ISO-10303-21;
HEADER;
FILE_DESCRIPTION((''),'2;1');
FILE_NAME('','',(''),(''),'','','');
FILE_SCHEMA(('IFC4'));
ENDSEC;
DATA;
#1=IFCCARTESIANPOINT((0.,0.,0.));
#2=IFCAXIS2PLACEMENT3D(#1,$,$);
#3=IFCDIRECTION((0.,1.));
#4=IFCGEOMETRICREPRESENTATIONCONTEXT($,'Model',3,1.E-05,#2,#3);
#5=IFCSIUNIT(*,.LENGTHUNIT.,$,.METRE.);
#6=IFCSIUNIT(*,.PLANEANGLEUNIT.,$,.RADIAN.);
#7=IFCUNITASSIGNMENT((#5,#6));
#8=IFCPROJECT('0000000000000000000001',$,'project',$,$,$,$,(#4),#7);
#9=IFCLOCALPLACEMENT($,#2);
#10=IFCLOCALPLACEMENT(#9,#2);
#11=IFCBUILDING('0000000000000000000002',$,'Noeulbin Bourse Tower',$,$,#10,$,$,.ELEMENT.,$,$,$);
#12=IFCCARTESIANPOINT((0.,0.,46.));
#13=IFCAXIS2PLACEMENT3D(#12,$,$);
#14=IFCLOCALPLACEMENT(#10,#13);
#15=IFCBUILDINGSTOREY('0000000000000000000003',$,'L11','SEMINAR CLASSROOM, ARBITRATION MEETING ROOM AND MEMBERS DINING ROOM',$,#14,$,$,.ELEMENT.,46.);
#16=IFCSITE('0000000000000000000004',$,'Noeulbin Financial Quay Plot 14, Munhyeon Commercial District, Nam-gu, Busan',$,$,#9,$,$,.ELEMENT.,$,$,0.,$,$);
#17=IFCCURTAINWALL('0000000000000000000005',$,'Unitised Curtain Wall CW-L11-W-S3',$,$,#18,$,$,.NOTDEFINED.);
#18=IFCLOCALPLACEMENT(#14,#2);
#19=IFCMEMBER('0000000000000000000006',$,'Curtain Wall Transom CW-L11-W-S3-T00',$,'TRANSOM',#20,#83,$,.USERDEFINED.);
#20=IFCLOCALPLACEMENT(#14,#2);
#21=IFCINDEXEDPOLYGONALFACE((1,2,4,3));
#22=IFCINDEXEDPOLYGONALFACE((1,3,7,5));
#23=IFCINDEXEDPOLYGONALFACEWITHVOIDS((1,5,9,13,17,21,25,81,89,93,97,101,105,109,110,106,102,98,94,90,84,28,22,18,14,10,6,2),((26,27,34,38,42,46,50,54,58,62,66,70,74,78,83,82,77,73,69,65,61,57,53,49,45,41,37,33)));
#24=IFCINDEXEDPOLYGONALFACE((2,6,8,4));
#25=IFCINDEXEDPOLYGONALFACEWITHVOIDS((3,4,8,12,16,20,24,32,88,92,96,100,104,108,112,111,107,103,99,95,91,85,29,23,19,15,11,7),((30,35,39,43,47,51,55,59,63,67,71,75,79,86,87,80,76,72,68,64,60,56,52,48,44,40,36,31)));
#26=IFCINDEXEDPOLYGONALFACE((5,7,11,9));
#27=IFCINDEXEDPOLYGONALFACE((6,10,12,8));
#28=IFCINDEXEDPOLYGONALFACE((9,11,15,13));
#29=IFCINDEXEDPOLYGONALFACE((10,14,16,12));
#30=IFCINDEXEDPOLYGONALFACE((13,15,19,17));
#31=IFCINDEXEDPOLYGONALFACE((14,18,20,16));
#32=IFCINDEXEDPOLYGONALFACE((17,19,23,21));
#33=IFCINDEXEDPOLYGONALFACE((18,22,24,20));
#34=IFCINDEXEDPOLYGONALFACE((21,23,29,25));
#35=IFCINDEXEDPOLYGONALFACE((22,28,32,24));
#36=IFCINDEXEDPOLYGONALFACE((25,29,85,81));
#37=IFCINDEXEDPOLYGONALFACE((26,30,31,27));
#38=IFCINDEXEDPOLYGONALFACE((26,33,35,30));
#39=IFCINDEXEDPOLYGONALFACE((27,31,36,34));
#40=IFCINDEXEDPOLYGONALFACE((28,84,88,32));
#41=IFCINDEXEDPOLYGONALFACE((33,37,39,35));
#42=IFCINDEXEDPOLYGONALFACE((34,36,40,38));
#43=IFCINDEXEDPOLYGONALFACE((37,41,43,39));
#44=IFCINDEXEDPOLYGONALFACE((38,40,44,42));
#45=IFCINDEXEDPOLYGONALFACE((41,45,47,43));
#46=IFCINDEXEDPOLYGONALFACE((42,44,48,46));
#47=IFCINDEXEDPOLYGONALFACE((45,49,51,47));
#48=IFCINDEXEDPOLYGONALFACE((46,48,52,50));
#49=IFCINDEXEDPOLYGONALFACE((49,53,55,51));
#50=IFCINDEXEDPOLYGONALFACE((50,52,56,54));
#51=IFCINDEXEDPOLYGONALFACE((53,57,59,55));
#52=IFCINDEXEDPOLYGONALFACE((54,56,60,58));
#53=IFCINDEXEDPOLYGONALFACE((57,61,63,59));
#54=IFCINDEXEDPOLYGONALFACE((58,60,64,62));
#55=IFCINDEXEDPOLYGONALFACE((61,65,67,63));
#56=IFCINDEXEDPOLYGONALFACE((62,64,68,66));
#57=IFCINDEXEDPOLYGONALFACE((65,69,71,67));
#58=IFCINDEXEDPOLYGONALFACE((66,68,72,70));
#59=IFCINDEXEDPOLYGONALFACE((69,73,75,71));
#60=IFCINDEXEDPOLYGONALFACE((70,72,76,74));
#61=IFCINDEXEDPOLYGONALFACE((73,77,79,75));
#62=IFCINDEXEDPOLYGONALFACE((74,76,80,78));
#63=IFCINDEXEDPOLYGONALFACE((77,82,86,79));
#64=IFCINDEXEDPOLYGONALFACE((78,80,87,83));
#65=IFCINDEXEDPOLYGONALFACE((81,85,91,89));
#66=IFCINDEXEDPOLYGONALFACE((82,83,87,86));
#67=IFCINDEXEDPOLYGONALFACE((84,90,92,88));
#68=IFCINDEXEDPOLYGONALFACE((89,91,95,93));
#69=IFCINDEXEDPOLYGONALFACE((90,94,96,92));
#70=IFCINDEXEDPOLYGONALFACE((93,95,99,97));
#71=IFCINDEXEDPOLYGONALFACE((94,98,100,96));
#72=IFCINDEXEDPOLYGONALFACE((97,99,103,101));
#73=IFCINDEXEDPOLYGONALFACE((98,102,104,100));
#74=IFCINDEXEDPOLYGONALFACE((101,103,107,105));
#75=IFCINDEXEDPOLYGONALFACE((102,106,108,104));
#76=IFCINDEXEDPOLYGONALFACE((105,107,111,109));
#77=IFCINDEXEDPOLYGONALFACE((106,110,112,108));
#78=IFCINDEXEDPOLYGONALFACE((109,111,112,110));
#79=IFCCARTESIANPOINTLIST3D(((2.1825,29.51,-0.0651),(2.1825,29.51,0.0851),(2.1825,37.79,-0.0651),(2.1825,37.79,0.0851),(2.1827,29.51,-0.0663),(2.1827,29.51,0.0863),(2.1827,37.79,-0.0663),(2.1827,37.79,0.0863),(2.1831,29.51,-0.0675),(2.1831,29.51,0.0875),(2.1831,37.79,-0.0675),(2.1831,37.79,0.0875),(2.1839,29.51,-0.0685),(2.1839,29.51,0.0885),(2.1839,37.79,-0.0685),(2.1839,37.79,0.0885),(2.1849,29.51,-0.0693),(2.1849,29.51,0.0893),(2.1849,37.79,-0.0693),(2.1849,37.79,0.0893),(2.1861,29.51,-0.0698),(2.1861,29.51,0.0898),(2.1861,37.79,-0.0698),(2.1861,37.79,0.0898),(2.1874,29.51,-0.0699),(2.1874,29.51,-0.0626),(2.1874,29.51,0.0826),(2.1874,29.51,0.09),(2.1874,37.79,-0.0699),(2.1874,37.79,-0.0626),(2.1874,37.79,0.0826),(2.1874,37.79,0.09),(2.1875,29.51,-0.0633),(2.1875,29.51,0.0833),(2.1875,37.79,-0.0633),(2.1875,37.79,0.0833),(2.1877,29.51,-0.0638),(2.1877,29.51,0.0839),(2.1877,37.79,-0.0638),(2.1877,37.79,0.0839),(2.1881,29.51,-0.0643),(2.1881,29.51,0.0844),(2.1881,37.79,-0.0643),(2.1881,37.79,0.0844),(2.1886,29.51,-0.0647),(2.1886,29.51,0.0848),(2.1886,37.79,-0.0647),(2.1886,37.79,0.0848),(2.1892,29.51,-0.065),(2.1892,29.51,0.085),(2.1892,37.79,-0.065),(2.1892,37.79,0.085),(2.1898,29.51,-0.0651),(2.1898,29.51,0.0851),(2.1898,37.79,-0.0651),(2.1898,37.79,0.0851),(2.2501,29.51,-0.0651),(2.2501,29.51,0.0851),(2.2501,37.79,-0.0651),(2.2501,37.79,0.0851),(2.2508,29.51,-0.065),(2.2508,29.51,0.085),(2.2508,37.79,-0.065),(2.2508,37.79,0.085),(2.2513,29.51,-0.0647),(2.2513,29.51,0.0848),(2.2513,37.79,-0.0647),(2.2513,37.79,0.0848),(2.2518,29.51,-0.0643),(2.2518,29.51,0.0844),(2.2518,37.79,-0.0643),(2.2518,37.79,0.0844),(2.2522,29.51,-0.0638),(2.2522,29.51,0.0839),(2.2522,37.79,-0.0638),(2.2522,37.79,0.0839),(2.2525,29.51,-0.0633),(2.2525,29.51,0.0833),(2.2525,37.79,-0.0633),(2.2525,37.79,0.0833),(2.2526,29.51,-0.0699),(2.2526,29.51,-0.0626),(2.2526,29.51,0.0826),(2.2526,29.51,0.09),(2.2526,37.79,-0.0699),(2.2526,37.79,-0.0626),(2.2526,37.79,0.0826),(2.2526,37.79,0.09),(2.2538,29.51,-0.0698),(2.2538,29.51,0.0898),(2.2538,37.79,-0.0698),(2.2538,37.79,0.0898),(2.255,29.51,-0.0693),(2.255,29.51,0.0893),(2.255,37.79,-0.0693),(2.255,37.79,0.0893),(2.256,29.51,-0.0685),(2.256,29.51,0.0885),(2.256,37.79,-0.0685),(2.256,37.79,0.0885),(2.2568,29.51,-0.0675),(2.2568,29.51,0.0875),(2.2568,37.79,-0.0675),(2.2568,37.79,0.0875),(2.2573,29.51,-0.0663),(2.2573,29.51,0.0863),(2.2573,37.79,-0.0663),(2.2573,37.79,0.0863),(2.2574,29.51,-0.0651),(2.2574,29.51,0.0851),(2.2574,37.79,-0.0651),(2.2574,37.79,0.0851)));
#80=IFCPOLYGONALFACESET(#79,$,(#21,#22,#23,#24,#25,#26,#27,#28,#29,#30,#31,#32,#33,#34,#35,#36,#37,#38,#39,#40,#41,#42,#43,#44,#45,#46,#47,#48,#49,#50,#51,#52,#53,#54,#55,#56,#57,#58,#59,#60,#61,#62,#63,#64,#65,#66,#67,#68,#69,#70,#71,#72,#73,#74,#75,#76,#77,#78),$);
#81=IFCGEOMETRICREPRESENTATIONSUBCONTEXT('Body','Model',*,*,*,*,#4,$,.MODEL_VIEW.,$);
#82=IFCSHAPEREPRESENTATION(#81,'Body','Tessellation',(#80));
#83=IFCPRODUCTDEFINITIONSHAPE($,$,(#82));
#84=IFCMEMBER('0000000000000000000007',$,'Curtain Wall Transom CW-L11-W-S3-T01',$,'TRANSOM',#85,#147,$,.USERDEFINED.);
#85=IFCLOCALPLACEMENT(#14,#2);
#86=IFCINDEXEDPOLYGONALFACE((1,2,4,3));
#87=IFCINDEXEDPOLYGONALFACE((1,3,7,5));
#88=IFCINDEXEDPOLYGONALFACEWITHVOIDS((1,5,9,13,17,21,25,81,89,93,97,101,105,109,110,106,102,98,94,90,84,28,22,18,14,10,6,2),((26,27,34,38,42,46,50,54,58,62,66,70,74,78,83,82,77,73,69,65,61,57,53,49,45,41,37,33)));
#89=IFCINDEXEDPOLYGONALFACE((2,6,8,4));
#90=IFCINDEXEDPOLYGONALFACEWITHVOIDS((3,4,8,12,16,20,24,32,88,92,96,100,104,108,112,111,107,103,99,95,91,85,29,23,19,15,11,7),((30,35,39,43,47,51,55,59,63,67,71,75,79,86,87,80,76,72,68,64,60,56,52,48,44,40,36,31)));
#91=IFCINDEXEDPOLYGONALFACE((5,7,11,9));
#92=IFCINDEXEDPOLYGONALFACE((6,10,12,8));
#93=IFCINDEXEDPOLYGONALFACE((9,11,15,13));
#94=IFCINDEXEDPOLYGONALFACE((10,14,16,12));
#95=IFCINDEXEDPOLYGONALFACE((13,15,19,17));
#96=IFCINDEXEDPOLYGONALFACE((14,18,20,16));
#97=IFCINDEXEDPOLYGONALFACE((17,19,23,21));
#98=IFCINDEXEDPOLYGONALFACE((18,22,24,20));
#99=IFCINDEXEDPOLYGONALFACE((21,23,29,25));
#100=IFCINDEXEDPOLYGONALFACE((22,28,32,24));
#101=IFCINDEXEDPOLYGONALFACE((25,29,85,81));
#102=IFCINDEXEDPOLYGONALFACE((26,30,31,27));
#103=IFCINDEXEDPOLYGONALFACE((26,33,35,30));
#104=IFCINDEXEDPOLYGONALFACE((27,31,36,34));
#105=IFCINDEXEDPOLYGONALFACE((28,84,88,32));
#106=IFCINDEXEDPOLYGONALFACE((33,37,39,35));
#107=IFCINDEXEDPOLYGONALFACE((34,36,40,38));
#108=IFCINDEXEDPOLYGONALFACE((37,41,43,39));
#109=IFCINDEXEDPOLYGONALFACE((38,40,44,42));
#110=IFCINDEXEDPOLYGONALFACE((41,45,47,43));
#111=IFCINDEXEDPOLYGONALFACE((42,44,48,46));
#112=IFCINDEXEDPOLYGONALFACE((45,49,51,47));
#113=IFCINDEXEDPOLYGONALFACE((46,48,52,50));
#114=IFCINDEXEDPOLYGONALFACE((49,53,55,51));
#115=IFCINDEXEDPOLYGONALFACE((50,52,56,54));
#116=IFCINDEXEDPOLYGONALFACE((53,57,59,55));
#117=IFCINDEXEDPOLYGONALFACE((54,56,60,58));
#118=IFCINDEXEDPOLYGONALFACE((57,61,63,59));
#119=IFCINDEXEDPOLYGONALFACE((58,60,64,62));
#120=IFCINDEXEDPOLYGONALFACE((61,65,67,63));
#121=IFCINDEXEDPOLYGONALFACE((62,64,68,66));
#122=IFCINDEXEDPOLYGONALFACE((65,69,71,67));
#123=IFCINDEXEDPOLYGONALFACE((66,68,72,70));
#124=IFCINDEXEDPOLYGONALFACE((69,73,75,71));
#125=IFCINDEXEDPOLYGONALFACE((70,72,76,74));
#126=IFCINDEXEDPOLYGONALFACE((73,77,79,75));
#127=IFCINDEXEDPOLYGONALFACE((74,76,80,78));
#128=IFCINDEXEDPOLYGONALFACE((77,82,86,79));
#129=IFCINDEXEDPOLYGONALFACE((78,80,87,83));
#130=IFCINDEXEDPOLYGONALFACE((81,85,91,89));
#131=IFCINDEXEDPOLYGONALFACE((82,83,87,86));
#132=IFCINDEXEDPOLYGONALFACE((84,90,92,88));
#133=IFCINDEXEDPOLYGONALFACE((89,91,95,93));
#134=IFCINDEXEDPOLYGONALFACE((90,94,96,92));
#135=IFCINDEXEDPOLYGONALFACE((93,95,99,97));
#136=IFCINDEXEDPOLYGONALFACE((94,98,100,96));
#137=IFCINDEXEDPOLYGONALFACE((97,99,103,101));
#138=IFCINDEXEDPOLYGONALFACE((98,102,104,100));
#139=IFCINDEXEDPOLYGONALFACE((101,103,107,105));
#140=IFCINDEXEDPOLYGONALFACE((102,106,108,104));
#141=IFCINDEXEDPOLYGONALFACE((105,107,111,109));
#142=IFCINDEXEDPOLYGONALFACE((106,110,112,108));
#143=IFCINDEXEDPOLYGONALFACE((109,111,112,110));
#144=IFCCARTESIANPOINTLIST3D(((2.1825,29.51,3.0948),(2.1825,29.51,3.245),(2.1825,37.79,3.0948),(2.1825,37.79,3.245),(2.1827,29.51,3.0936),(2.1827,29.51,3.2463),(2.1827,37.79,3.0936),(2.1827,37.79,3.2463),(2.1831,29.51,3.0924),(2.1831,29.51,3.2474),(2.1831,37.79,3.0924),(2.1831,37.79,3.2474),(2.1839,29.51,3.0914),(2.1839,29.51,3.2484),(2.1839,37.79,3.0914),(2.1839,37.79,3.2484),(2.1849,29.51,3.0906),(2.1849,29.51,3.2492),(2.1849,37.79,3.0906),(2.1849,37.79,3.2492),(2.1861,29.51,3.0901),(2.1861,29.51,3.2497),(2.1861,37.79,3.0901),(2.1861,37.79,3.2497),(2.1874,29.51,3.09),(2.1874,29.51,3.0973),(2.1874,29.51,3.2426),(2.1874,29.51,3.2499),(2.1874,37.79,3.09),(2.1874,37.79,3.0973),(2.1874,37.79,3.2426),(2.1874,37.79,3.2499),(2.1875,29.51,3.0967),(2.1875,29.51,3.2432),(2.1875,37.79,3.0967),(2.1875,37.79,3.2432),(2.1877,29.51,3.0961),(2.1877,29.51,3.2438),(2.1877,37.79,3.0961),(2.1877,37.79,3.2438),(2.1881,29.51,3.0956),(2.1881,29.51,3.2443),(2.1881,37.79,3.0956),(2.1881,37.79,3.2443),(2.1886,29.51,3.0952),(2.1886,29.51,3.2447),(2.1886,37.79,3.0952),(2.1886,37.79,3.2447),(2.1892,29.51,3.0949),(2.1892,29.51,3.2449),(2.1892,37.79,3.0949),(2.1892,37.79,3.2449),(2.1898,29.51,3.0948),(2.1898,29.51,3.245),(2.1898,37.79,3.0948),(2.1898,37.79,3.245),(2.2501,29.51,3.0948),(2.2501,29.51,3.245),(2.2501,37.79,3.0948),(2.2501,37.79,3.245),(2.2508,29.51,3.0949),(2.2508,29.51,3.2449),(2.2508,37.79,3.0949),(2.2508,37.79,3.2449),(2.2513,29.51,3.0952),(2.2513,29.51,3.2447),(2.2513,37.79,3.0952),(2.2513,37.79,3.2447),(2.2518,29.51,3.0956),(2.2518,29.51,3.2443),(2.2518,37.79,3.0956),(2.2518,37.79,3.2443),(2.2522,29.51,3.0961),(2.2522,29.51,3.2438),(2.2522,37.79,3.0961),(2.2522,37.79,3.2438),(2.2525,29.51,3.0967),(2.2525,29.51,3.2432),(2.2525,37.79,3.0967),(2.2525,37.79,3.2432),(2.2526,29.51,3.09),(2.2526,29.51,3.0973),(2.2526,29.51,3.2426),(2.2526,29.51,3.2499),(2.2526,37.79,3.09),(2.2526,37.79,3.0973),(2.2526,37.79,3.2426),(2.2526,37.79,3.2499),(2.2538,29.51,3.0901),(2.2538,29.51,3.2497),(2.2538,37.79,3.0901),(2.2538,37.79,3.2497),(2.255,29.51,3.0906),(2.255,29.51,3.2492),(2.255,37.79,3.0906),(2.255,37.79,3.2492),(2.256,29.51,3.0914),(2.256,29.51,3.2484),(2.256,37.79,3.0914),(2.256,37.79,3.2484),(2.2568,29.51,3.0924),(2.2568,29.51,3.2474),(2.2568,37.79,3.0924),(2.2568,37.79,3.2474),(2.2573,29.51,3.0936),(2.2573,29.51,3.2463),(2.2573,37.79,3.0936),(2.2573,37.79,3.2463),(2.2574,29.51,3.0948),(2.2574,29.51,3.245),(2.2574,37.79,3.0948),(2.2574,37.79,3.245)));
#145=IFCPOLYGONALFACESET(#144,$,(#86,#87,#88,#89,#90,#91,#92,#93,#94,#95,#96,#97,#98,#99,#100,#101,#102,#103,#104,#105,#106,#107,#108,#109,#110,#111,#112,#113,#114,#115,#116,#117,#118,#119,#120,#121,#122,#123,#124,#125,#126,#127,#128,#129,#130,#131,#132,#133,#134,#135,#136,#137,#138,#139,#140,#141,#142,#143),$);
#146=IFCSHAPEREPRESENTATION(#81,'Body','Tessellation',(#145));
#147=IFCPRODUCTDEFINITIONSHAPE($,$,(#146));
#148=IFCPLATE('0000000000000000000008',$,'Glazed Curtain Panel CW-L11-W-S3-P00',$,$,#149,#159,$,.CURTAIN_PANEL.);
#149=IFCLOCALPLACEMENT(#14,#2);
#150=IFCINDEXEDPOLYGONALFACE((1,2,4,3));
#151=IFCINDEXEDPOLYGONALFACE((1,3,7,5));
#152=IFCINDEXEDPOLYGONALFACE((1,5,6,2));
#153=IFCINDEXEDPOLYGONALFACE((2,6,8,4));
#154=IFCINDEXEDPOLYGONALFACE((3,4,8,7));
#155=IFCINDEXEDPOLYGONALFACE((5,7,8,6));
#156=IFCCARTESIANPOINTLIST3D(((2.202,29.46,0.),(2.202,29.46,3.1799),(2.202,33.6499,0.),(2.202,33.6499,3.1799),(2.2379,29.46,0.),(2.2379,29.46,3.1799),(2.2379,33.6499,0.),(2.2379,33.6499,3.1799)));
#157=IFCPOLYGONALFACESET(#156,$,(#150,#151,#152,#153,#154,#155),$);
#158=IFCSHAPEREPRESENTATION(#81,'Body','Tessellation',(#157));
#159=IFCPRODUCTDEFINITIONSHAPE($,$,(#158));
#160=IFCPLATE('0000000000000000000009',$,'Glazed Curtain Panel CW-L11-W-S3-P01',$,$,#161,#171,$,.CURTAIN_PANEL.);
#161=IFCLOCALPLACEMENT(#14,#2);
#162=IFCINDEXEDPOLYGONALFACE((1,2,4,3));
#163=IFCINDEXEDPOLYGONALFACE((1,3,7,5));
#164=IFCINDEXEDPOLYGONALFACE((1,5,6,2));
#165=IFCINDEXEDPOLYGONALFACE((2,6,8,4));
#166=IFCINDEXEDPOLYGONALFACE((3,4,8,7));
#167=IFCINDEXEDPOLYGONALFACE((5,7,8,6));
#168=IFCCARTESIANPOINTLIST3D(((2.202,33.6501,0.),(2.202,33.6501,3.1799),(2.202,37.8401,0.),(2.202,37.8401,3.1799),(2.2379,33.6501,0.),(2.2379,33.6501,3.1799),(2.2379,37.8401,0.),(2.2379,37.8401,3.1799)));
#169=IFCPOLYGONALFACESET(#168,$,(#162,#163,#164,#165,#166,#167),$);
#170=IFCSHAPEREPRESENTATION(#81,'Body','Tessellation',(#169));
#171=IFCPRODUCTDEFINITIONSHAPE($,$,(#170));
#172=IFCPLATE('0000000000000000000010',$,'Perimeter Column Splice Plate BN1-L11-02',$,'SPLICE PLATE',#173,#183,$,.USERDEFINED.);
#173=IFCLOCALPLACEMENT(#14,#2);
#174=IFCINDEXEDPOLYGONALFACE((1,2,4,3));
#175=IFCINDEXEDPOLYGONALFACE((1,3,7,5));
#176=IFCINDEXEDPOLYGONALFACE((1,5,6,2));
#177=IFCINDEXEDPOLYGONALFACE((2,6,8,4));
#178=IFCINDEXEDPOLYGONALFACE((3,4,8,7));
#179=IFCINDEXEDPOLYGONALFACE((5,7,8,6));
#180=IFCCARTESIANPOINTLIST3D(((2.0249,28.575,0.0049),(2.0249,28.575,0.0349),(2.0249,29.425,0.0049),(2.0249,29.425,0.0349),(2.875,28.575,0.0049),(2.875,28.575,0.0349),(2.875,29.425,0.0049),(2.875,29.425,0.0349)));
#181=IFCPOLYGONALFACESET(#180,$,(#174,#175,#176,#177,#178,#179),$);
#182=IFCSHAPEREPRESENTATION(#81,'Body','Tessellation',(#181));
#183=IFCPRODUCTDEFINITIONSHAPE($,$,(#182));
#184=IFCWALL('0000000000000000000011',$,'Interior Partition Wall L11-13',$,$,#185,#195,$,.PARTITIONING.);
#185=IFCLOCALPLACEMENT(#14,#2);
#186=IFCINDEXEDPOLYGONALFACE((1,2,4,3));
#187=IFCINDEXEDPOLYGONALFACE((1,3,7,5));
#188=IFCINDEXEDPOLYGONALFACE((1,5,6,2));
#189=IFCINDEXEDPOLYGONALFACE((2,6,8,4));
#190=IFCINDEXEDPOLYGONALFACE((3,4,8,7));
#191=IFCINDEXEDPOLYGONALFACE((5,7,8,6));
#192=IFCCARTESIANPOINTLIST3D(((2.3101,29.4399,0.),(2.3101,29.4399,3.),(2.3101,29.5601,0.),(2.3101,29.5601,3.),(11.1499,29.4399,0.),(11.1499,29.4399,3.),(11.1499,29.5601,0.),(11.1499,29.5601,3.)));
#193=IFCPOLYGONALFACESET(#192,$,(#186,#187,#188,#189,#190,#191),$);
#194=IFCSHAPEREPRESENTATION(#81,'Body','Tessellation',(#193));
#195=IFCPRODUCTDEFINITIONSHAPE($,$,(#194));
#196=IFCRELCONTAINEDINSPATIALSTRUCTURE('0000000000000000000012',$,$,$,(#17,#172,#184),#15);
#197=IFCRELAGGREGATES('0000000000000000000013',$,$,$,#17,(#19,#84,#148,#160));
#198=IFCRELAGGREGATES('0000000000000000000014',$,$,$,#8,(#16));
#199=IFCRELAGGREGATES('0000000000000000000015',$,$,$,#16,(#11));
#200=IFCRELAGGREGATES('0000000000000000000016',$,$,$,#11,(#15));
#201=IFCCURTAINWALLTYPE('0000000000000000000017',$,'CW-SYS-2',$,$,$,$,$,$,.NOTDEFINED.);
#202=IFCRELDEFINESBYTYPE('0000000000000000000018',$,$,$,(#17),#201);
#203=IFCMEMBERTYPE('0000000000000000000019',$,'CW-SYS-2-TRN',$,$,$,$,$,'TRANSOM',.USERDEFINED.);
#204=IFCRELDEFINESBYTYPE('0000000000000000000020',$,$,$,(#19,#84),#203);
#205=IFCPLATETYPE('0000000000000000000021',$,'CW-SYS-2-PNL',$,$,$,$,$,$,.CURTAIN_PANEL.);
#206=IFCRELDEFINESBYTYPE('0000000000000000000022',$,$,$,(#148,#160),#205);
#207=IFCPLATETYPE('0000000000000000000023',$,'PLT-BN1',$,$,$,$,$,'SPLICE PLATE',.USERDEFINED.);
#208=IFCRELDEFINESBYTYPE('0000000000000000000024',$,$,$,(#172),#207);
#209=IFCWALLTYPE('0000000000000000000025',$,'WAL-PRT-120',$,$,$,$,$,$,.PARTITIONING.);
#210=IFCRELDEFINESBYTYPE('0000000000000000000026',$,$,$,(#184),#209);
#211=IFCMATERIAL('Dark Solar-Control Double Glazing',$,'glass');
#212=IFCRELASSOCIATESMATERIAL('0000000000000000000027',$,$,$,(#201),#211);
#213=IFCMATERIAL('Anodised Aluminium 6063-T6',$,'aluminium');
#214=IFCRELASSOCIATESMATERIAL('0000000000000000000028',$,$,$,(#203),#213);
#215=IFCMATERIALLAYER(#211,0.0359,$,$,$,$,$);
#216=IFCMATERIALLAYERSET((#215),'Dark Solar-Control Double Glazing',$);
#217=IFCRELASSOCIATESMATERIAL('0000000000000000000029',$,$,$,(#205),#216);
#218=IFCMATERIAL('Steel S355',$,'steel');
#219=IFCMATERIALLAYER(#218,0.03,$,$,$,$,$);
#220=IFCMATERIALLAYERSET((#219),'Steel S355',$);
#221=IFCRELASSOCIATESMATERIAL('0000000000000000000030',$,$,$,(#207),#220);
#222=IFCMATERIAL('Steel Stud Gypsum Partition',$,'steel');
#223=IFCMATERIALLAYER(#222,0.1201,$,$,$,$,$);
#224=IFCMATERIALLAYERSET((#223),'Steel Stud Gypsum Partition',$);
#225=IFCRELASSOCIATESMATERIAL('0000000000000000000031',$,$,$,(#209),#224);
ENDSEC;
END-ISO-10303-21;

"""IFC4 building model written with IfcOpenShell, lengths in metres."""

from ifc_helpers import new_model, si_unit, direction, frame, frame_2d, origin, origin_2d, place, context, subcontext, project, spatial, rectangle, hollow_rectangle, extrude, material, layer, layer_set, material_profile, profile_set, type_object, element, aggregate, save


model = new_model("IFC4")

# Units and contexts
model_context = context("Model", 3, precision=1e-05, world=origin(), true_north=direction((0.0, 1.0)))
body_context = subcontext(model_context, "Body", "Model", "MODEL_VIEW")
ifc_project = project(units=[si_unit("LENGTHUNIT", "METRE"), si_unit("PLANEANGLEUNIT", "RADIAN")], contexts=[model_context])

# Site, building, storey
site_placement = place(None, origin())
site = spatial("IfcSite", under=ifc_project, at=site_placement, Name="Noeulbin Financial Quay Plot 14, Munhyeon Commercial District, Nam-gu, Busan", CompositionType="ELEMENT", RefElevation=0.0)
building_placement = place(site_placement, origin())
building = spatial("IfcBuilding", under=site, at=building_placement, Name="Noeulbin Bourse Tower", CompositionType="ELEMENT")
storey_placement = place(building_placement, frame((0.0, 0.0, 46.0)))
storey = spatial("IfcBuildingStorey", under=building, at=storey_placement, Name="L11", Description="SEMINAR CLASSROOM, ARBITRATION MEETING ROOM AND MEMBERS DINING ROOM", CompositionType="ELEMENT", Elevation=46.0)

# Shared definitions
ifc_material_1 = material(Name="Steel S355", Category="steel")

# Shared definitions
ifc_material_2 = material(Name="Dark Solar-Control Double Glazing", Category="glass")
curtain_wall_type = type_object("IfcCurtainWallType", Name="CW-SYS-2", PredefinedType="NOTDEFINED", material=ifc_material_2)
ifc_material_3 = material(Name="Anodised Aluminium 6063-T6", Category="aluminium")

# Curtain wall, members, plates
curtain_wall_1_placement = place(storey_placement, origin())
curtain_wall_1 = element("IfcCurtainWall", 1, at=curtain_wall_1_placement, inside=storey, type_object=curtain_wall_type, Name="Unitised Curtain Wall CW-L11-W-S3", PredefinedType="NOTDEFINED")
ifc_material_profile_1 = material_profile(ifc_material_3, hollow_rectangle(XDim=0.075, YDim=0.1599, WallThickness=0.0049, InnerFilletRadius=0.0024, OuterFilletRadius=0.0049, at=origin_2d()), Name="ALU-TRAN-75x160x5", Category="LoadBearing")
ifc_profile_set_1 = profile_set([ifc_material_profile_1], Name="Anodised Aluminium 6063-T6")
member_type_1 = type_object("IfcMemberType", Name="CW-SYS-2-TRN", ElementType="TRANSOM", PredefinedType="USERDEFINED", material=ifc_profile_set_1)
member_1_placement = place(storey_placement, frame((2.22, 29.51, 0.01), z_axis=(0.0, 1.0, 0.0), x_axis=(-1.0, 0.0, 0.0)))
member_1 = element("IfcMember", 2, at=member_1_placement, type_object=member_type_1, Name="Curtain Wall Transom CW-L11-W-S3-T00", ObjectType="TRANSOM", PredefinedType="USERDEFINED", context=body_context, shape_type="SweptSolid", body=[
    extrude(hollow_rectangle(XDim=0.075, YDim=0.1599, WallThickness=0.0049, InnerFilletRadius=0.0024, OuterFilletRadius=0.0049, at=origin_2d()), origin(), (0.0, 0.0, 1.0), 8.28),
])
member_2_placement = place(storey_placement, frame((2.22, 29.51, 3.1699), z_axis=(0.0, 1.0, 0.0), x_axis=(-1.0, 0.0, 0.0)))
member_2 = element("IfcMember", 3, at=member_2_placement, type_object=member_type_1, Name="Curtain Wall Transom CW-L11-W-S3-T01", ObjectType="TRANSOM", PredefinedType="USERDEFINED", context=body_context, shape_type="SweptSolid", body=[
    extrude(hollow_rectangle(XDim=0.075, YDim=0.1599, WallThickness=0.0049, InnerFilletRadius=0.0024, OuterFilletRadius=0.0049, at=origin_2d()), origin(), (0.0, 0.0, 1.0), 8.28),
])
ifc_layer_1 = layer(ifc_material_2, 0.0359)
ifc_layer_set_1 = layer_set([ifc_layer_1], Name="Dark Solar-Control Double Glazing")
plate_type_1 = type_object("IfcPlateType", Name="CW-SYS-2-PNL", PredefinedType="CURTAIN_PANEL", material=ifc_layer_set_1)
plate_1_placement = place(storey_placement, frame((2.22, 31.5549, 0.0), z_axis=(0.0, 0.0, 1.0), x_axis=(0.0, 1.0, 0.0)))
plate_1 = element("IfcPlate", 4, at=plate_1_placement, type_object=plate_type_1, Name="Glazed Curtain Panel CW-L11-W-S3-P00", PredefinedType="CURTAIN_PANEL", context=body_context, shape_type="SweptSolid", body=[
    extrude(rectangle(XDim=4.1899, YDim=0.0359, at=origin_2d()), origin(), (0.0, 0.0, 1.0), 3.1799),
])
plate_2_placement = place(storey_placement, frame((2.22, 35.7451, 0.0), z_axis=(0.0, 0.0, 1.0), x_axis=(0.0, 1.0, 0.0)))
plate_2 = element("IfcPlate", 5, at=plate_2_placement, type_object=plate_type_1, Name="Glazed Curtain Panel CW-L11-W-S3-P01", PredefinedType="CURTAIN_PANEL", context=body_context, shape_type="SweptSolid", body=[
    extrude(rectangle(XDim=4.1899, YDim=0.0359, at=origin_2d()), origin(), (0.0, 0.0, 1.0), 3.1799),
])
aggregate(curtain_wall_1, [member_1, member_2, plate_1, plate_2])

# Plate
ifc_layer_2 = layer(ifc_material_1, 0.03)
ifc_layer_set_2 = layer_set([ifc_layer_2], Name="Steel S355")
plate_type_2 = type_object("IfcPlateType", Name="PLT-BN1", ElementType="SPLICE PLATE", PredefinedType="USERDEFINED", material=ifc_layer_set_2)
plate_3_placement = place(storey_placement, frame((2.45, 29.0, 0.0049), z_axis=(0.0, 0.0, 1.0), x_axis=(1.0, 0.0, 0.0)))
element("IfcPlate", 6, at=plate_3_placement, inside=storey, type_object=plate_type_2, Name="Perimeter Column Splice Plate BN1-L11-02", ObjectType="SPLICE PLATE", PredefinedType="USERDEFINED", context=body_context, shape_type="SweptSolid", body=[
    extrude(rectangle(XDim=0.8501, YDim=0.8501, at=origin_2d()), origin(), (0.0, 0.0, 1.0), 0.03),
])

# Wall
ifc_material_4 = material(Name="Steel Stud Gypsum Partition", Category="steel")
ifc_layer_3 = layer(ifc_material_4, 0.1201)
ifc_layer_set_3 = layer_set([ifc_layer_3], Name="Steel Stud Gypsum Partition")
wall_type = type_object("IfcWallType", Name="WAL-PRT-120", PredefinedType="PARTITIONING", material=ifc_layer_set_3)
wall_placement = place(storey_placement, frame((2.3101, 29.5, 0.0), z_axis=(0.0, 0.0, 1.0), x_axis=(1.0, 0.0, 0.0)))
element("IfcWall", 7, at=wall_placement, inside=storey, type_object=wall_type, Name="Interior Partition Wall L11-13", PredefinedType="PARTITIONING", context=body_context, shape_type="SweptSolid", body=[
    extrude(rectangle(XDim=8.8398, YDim=0.1201, at=frame_2d((4.4199, 0.0))), origin(), (0.0, 0.0, 1.0), 3.0),
])

save(model, "model.ifc")
